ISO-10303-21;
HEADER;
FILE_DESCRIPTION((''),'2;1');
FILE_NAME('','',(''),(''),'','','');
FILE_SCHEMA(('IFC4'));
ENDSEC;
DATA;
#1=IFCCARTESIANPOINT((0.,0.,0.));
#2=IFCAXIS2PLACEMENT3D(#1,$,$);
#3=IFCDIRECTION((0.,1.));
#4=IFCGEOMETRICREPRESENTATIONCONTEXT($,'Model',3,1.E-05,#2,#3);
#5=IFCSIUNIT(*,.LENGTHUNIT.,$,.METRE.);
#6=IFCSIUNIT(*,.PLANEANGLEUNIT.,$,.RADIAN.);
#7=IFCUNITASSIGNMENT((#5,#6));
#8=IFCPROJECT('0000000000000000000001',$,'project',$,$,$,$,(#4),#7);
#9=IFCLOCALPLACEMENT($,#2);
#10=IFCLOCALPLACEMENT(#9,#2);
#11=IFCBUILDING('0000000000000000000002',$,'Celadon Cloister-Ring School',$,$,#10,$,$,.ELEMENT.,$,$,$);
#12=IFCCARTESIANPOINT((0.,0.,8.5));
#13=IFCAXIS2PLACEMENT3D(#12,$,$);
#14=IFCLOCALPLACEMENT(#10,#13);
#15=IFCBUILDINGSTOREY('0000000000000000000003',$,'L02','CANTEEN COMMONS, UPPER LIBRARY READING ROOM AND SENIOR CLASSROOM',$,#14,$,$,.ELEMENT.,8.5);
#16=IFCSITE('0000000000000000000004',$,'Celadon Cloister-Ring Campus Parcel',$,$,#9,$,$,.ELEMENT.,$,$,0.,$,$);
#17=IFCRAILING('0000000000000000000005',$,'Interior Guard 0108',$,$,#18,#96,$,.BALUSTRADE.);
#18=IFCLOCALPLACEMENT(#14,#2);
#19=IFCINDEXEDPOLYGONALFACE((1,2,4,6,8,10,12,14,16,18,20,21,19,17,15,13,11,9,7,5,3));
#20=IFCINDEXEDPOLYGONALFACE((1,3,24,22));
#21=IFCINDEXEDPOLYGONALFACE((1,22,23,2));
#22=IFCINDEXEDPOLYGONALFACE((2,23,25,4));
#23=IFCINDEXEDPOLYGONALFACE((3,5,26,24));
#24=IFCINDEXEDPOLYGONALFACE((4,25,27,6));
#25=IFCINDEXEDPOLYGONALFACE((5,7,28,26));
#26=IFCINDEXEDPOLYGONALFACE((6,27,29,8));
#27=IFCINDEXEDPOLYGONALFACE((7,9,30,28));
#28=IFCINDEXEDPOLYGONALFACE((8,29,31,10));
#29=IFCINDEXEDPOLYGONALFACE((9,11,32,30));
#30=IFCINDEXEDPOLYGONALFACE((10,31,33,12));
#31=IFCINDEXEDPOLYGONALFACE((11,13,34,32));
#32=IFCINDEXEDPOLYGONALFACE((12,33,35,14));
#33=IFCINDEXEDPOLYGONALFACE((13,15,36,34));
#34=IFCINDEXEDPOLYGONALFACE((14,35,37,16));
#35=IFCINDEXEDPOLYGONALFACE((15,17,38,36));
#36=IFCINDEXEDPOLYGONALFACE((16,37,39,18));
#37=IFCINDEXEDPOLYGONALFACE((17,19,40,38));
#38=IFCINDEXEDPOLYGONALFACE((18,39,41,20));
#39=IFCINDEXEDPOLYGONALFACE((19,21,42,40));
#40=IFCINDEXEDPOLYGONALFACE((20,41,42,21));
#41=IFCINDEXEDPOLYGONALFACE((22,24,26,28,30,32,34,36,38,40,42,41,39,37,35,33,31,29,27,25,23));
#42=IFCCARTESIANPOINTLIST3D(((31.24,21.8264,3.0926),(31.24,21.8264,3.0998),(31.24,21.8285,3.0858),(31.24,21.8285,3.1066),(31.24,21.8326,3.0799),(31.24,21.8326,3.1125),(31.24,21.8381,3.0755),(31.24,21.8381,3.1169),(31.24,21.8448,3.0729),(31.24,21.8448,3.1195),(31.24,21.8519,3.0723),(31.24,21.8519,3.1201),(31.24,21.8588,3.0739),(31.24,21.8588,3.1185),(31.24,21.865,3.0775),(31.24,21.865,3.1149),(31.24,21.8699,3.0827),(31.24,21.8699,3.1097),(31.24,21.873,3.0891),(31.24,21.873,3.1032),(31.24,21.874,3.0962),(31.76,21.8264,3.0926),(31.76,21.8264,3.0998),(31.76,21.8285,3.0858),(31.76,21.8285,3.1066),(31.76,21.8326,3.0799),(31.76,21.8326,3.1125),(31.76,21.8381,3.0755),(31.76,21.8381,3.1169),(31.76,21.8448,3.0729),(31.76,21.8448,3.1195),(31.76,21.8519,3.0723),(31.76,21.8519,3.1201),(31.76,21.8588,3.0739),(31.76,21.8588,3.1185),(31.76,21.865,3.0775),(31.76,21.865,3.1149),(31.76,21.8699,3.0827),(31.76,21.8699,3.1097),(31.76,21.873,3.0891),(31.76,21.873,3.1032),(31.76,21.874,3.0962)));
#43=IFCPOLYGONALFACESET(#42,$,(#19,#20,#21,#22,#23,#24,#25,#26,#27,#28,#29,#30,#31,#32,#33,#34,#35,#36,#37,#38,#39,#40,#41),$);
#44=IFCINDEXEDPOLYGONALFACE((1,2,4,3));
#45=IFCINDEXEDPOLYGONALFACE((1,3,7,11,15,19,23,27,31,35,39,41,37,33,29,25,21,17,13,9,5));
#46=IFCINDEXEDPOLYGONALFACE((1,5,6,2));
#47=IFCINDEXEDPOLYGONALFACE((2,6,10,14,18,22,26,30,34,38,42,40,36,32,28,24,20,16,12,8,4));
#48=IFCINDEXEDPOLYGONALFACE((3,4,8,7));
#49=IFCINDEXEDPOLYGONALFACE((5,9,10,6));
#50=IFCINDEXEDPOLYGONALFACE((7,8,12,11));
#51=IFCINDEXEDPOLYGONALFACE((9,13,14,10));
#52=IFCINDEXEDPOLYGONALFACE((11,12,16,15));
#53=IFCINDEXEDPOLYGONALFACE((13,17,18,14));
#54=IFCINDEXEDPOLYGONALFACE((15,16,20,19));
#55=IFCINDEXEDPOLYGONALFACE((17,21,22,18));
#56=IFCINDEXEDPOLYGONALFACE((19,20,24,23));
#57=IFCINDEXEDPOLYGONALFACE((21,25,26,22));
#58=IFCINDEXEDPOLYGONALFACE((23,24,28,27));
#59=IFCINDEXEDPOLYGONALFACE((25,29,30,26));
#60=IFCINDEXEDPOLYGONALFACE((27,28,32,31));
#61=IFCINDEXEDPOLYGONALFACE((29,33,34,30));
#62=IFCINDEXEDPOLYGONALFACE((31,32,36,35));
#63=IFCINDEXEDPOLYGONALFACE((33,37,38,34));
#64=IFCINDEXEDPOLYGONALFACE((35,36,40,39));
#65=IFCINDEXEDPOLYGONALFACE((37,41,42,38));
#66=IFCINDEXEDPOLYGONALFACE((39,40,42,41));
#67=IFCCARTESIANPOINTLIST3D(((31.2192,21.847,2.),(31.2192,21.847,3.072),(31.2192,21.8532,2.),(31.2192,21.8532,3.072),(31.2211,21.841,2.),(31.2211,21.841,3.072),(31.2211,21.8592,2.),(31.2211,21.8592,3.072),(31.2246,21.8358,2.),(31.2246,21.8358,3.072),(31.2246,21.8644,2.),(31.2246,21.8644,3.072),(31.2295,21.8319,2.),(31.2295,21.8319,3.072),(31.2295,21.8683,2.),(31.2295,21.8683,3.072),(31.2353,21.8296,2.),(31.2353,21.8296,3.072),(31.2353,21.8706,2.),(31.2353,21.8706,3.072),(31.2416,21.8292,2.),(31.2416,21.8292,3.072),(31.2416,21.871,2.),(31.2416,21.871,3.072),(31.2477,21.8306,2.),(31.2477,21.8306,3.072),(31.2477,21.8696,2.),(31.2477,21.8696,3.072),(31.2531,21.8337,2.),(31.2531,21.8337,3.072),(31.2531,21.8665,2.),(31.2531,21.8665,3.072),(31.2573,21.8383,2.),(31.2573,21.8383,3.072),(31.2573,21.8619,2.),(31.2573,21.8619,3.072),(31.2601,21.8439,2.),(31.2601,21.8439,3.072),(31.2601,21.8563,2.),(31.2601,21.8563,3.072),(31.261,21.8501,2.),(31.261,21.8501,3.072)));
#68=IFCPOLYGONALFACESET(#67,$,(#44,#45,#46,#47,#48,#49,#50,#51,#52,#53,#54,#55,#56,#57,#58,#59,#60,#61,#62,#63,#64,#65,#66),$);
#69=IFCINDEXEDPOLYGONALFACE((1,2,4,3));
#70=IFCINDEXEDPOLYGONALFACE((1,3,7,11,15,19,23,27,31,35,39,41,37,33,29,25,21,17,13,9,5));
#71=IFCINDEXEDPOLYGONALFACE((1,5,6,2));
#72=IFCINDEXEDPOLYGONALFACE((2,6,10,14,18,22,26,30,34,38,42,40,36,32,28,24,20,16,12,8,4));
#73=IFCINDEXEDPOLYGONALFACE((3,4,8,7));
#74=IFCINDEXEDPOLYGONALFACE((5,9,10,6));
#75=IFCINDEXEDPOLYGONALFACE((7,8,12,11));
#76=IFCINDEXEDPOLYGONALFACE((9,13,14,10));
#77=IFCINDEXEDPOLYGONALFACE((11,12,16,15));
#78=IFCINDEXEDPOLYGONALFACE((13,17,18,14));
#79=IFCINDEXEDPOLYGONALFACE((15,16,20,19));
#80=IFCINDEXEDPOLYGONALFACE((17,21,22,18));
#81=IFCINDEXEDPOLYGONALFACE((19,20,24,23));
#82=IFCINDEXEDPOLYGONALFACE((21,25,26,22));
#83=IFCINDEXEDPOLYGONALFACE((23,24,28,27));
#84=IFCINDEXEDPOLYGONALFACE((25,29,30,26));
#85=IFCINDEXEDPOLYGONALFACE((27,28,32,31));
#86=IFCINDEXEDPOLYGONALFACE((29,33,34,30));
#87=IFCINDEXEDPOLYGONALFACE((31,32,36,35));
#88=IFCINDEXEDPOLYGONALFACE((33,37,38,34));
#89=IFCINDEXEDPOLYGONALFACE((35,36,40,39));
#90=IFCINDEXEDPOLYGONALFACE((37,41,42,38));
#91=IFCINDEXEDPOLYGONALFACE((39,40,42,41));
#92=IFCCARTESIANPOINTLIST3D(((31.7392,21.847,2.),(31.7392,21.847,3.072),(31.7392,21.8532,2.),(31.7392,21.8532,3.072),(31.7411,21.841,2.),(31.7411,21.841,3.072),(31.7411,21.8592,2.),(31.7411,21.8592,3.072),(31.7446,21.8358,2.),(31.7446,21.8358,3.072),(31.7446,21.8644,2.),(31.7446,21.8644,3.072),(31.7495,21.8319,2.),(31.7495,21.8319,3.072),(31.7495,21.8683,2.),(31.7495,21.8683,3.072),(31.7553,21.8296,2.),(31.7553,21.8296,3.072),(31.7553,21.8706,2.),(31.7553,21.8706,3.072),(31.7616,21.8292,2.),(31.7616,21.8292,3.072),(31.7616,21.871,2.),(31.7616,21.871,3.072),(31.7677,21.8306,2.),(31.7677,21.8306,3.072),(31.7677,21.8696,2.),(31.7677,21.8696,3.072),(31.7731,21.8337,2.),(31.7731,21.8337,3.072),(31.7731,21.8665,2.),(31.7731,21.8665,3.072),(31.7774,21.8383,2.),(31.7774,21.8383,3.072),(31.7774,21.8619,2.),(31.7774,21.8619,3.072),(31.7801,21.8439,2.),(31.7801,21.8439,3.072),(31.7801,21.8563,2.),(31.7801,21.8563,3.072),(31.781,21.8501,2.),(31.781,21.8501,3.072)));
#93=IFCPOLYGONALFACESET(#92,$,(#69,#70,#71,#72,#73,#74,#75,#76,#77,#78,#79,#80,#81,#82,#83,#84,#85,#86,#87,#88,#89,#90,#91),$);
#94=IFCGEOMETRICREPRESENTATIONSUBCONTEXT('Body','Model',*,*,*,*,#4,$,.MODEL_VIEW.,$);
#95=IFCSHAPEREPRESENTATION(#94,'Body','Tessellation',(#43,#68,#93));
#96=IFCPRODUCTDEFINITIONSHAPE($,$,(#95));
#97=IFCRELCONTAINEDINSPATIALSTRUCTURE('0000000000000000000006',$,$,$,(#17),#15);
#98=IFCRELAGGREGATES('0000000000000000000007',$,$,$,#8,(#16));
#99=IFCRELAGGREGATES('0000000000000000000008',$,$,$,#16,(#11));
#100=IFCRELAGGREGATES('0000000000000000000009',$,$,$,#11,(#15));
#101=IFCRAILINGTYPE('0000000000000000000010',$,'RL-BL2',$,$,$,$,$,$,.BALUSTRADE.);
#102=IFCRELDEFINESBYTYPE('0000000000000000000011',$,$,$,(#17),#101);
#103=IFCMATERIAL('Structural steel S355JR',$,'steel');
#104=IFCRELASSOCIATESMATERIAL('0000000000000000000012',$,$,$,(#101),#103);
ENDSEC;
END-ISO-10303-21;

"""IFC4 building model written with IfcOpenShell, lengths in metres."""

from ifc_helpers import new_model, si_unit, direction, frame, origin, origin_2d, place, context, subcontext, project, spatial, circle, extrude, material, type_object, element, save


model = new_model("IFC4")

# Units and contexts
model_context = context("Model", 3, precision=1e-05, world=origin(), true_north=direction((0.0, 1.0)))
body_context = subcontext(model_context, "Body", "Model", "MODEL_VIEW")
ifc_project = project(units=[si_unit("LENGTHUNIT", "METRE"), si_unit("PLANEANGLEUNIT", "RADIAN")], contexts=[model_context])

# Site, building, storey
site_placement = place(None, origin())
site = spatial("IfcSite", under=ifc_project, at=site_placement, Name="Celadon Cloister-Ring Campus Parcel", CompositionType="ELEMENT", RefElevation=0.0)
building_placement = place(site_placement, origin())
building = spatial("IfcBuilding", under=site, at=building_placement, Name="Celadon Cloister-Ring School", CompositionType="ELEMENT")
storey_placement = place(building_placement, frame((0.0, 0.0, 8.5)))
storey = spatial("IfcBuildingStorey", under=building, at=storey_placement, Name="L02", Description="CANTEEN COMMONS, UPPER LIBRARY READING ROOM AND SENIOR CLASSROOM", CompositionType="ELEMENT", Elevation=8.5)

# Railing
ifc_material_1 = material(Name="Structural steel S355JR", Category="steel")
railing_type_1 = type_object("IfcRailingType", Name="RL-BL2", PredefinedType="BALUSTRADE", material=ifc_material_1)
railing_1_placement = place(storey_placement, frame((31.24, 21.8501, 2.0)))
element("IfcRailing", 1, at=railing_1_placement, inside=storey, type_object=railing_type_1, Name="Interior Guard 0108", PredefinedType="BALUSTRADE", context=body_context, shape_type="SweptSolid", body=[
    extrude(circle(Radius=0.0239, at=origin_2d()), frame((0.0, 0.0, 1.0962), z_axis=(1.0, 0.0, 0.0), x_axis=(0.0, 1.0, 0.0)), (0.0, 0.0, 1.0), 0.52),
    extrude(circle(Radius=0.021, at=origin_2d()), origin(), (0.0, 0.0, 1.0), 1.072),
    extrude(circle(Radius=0.021, at=origin_2d()), frame((0.52, 0.0, 0.0)), (0.0, 0.0, 1.0), 1.072),
])

save(model, "model.ifc")
